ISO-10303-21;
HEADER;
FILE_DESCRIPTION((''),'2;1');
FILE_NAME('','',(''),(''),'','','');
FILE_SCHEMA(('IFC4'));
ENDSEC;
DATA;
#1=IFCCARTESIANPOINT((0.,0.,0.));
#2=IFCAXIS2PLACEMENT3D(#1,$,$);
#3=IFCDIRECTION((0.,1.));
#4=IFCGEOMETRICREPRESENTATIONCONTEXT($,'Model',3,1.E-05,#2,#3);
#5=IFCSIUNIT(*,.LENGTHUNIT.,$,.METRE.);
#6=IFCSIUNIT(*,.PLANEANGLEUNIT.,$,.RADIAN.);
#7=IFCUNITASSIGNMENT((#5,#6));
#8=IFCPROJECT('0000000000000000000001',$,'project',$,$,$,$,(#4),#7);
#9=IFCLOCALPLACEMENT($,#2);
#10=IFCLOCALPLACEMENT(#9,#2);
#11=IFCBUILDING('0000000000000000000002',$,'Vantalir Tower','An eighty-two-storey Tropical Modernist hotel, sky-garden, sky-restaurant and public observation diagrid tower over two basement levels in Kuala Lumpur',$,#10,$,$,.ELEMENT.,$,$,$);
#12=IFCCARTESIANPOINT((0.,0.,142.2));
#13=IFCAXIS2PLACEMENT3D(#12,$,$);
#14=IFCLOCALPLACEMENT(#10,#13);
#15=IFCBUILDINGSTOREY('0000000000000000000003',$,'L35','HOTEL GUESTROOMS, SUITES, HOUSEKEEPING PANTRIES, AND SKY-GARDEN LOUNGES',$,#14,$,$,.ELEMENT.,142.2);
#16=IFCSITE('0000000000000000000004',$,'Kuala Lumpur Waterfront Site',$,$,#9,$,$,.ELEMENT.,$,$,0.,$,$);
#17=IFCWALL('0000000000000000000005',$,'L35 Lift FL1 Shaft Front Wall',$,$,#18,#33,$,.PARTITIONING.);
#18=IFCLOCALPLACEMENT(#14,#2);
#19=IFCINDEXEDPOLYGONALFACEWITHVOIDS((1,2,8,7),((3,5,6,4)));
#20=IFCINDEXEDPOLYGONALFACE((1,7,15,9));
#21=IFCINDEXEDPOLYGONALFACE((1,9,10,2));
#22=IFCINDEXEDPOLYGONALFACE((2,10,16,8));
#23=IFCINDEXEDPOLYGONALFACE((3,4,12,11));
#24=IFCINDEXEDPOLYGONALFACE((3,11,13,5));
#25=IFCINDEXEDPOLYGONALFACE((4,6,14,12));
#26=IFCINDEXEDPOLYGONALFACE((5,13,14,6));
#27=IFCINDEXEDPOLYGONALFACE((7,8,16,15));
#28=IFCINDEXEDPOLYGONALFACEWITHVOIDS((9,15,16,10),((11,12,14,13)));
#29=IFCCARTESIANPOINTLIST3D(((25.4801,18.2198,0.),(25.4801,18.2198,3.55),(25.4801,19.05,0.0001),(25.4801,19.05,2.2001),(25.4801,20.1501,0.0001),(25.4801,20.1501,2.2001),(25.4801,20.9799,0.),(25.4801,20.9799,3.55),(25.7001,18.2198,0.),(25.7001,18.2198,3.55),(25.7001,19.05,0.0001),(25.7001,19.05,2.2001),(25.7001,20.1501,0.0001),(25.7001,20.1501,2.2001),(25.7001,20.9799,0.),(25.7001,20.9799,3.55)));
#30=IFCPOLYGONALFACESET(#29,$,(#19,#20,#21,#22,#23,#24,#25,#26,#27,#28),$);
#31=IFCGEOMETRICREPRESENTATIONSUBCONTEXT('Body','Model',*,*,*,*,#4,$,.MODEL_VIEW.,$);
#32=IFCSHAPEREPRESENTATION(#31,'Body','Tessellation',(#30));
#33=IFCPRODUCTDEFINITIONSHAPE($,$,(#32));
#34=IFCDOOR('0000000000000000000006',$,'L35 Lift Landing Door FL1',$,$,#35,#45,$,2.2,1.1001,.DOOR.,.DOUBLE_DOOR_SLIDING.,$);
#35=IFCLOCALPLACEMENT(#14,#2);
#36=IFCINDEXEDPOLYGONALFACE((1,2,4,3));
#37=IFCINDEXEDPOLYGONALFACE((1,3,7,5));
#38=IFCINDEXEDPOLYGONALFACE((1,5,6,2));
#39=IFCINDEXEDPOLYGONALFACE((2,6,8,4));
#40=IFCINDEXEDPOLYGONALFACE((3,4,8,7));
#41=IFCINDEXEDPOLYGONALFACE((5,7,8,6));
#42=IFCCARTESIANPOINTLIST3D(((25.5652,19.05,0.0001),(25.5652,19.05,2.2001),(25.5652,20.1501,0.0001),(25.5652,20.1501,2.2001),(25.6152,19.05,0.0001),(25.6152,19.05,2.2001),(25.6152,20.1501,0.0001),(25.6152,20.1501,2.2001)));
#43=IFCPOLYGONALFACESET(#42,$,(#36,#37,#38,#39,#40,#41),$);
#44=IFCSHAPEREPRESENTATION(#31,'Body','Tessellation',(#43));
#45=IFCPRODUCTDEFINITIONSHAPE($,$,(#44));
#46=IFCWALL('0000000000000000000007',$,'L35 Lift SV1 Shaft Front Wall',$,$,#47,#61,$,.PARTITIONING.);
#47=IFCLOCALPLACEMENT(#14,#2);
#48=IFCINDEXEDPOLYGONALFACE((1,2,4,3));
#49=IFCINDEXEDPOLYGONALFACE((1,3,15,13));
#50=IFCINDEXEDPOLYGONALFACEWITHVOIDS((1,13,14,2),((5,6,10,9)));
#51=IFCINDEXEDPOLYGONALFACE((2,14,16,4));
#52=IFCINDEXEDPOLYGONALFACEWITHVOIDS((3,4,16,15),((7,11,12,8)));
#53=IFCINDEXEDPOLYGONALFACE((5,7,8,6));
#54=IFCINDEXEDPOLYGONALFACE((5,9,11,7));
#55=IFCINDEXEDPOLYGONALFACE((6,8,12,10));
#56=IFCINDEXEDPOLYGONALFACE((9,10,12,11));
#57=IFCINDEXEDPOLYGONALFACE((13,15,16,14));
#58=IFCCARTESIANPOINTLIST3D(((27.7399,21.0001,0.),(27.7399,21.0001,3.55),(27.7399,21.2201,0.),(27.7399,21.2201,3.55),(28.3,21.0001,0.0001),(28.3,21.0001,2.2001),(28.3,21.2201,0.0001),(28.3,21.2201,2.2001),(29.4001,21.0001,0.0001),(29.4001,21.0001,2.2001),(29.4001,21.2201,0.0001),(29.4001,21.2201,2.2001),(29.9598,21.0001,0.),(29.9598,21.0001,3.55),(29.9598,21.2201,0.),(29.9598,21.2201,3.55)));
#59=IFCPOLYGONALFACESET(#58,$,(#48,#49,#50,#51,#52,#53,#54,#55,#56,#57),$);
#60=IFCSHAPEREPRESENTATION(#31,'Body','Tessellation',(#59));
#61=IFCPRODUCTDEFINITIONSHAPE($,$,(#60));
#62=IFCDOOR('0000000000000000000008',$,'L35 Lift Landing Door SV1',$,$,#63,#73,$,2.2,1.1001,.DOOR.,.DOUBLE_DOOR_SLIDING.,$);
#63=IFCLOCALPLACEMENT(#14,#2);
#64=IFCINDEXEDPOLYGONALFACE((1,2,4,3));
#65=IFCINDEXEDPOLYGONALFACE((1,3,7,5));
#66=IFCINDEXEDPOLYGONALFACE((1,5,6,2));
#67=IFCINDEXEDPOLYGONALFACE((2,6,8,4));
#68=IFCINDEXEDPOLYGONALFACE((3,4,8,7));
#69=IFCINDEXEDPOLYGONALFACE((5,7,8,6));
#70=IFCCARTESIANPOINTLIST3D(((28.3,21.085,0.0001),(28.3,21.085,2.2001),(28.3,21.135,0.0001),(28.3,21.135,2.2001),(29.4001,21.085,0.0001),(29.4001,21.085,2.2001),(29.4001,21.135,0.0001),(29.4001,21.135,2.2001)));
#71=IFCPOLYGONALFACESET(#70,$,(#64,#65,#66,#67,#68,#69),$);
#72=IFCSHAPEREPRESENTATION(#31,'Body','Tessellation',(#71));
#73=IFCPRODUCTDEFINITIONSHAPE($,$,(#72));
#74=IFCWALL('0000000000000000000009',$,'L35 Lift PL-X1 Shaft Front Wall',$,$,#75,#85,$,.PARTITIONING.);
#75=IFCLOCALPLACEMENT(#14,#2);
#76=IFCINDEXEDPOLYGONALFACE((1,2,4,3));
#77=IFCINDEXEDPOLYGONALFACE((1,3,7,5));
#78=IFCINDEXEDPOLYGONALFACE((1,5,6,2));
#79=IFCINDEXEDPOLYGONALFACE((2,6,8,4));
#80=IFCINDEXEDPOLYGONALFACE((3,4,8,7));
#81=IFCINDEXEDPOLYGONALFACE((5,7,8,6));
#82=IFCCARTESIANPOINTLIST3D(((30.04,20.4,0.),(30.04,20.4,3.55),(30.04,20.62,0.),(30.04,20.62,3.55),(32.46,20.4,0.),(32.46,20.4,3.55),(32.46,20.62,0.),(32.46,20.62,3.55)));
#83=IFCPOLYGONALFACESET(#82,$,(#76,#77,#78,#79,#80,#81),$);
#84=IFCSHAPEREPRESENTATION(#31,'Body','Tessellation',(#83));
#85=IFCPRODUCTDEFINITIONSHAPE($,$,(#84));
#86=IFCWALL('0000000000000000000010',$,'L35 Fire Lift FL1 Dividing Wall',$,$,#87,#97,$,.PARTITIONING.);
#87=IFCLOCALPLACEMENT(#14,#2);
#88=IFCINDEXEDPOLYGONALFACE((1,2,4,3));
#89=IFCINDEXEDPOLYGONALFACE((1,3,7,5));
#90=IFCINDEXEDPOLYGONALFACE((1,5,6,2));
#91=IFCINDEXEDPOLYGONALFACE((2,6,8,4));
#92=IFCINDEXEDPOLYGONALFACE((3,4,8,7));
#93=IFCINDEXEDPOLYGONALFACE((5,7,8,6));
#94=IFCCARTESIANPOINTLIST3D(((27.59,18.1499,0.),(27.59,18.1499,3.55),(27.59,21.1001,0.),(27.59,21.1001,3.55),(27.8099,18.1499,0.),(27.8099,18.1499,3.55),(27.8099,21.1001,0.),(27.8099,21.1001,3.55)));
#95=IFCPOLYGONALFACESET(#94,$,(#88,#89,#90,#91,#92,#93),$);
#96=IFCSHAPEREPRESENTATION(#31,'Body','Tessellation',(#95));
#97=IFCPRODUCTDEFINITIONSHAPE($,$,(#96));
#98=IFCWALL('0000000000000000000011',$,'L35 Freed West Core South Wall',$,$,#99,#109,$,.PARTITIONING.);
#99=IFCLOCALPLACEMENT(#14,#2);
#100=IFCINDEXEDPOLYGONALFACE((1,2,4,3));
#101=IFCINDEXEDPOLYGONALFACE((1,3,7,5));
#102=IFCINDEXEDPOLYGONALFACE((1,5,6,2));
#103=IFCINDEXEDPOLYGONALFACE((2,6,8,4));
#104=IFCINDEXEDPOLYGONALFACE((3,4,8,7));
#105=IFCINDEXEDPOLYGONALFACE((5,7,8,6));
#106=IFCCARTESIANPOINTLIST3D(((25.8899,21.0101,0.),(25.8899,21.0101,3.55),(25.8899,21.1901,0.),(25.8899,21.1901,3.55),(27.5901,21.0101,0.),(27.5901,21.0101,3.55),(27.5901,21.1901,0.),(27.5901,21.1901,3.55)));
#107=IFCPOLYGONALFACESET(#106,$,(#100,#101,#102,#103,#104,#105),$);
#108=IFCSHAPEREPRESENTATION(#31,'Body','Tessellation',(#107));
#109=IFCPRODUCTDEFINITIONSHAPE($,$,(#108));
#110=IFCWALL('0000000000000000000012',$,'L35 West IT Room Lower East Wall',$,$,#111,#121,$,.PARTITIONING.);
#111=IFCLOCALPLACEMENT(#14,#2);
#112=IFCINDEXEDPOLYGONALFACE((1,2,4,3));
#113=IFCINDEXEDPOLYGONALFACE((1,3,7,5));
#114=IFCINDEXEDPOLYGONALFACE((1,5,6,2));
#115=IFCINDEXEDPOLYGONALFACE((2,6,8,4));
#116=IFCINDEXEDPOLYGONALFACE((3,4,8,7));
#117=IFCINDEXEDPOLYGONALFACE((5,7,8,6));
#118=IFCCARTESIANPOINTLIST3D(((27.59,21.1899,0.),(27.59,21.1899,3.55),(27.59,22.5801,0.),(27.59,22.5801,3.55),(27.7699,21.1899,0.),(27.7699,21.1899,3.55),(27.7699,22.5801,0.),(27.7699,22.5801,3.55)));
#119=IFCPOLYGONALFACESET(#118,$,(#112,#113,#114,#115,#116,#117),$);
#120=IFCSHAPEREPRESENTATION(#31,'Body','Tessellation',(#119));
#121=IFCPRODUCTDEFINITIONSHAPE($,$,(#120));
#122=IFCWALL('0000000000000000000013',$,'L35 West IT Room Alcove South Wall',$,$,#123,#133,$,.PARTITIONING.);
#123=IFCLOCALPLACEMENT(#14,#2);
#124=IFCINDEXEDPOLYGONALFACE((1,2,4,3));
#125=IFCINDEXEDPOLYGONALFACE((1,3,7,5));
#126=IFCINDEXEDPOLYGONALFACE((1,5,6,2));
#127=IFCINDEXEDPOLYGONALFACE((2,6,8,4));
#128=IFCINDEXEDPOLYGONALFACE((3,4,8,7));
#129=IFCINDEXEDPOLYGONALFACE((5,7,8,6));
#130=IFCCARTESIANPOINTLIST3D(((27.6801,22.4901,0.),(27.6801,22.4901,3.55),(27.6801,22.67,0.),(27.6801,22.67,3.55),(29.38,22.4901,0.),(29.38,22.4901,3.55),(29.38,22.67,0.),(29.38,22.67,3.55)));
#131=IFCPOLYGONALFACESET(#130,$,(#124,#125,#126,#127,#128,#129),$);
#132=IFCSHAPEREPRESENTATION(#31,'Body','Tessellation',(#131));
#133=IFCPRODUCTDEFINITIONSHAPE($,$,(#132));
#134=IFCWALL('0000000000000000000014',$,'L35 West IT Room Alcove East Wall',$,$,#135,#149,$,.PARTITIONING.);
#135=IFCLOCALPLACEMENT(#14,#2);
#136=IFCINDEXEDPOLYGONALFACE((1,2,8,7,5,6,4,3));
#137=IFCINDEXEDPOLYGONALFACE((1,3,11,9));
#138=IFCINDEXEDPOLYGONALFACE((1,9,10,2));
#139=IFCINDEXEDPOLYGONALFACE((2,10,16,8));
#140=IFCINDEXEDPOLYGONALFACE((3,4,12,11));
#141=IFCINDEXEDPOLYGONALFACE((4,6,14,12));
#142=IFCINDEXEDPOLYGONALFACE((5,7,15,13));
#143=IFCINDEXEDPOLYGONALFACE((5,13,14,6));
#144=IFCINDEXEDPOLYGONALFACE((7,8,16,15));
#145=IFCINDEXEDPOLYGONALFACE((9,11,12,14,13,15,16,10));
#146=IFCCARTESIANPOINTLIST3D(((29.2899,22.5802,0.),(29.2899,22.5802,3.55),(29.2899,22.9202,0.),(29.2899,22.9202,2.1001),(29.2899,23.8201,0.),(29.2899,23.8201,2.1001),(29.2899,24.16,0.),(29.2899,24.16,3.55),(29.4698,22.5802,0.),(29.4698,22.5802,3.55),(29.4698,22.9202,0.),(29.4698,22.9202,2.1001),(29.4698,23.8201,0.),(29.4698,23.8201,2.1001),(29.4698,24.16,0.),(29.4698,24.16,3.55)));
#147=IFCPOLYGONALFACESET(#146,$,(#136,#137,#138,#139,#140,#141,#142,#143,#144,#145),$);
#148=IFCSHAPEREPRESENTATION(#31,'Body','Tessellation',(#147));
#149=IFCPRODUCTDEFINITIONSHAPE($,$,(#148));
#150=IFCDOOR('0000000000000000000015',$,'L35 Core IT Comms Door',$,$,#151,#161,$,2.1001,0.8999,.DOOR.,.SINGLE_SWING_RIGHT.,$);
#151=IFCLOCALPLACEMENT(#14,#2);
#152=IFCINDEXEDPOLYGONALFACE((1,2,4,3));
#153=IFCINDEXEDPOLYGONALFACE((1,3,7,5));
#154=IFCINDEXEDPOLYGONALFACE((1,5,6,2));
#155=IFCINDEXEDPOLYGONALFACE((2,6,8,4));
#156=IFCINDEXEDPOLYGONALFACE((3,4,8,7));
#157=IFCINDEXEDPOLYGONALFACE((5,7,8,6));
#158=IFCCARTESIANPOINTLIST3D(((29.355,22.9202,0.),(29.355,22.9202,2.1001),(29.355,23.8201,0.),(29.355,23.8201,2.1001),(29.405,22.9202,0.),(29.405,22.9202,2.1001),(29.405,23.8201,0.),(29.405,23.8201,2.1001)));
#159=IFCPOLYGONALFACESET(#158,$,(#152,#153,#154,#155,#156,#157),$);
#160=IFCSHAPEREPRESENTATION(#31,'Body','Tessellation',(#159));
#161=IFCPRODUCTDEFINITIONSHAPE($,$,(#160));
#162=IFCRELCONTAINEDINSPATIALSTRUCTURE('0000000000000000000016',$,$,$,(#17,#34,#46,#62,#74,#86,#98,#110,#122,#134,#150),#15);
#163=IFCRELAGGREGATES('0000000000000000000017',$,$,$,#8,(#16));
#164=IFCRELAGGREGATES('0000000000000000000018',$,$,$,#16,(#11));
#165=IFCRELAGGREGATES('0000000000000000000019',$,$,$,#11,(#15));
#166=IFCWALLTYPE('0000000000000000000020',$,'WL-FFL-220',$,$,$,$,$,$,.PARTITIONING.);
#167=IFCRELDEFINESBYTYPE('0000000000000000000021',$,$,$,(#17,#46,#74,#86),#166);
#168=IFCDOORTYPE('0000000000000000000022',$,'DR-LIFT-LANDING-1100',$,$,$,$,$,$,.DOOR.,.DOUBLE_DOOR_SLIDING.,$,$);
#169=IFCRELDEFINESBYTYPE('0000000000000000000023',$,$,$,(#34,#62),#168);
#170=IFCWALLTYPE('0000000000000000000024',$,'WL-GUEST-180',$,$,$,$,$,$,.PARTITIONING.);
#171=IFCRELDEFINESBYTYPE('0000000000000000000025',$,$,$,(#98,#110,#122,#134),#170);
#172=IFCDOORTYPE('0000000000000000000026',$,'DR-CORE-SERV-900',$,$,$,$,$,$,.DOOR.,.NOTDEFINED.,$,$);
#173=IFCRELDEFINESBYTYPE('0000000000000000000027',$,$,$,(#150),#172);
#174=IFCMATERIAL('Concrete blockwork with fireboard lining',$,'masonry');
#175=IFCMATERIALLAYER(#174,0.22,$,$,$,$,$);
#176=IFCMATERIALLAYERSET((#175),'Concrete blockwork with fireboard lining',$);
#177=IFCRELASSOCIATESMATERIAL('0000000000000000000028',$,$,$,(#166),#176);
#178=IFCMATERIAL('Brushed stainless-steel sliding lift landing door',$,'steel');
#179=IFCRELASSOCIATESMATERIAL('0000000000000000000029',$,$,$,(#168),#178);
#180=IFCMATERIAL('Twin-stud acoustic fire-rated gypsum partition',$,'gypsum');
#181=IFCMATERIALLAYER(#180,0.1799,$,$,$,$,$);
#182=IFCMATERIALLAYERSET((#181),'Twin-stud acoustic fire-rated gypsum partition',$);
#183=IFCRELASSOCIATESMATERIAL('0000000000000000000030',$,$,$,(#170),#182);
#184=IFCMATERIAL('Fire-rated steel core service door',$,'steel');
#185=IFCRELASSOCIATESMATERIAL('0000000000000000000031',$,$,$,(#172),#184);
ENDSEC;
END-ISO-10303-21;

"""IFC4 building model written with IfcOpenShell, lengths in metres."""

from ifc_helpers import new_model, si_unit, direction, frame, frame_2d, origin, place, context, subcontext, project, spatial, rectangle, extrude, material, layer, layer_set, type_object, element, fill, save


model = new_model("IFC4")

# Units and contexts
model_context = context("Model", 3, precision=1e-05, world=origin(), true_north=direction((0.0, 1.0)))
body_context = subcontext(model_context, "Body", "Model", "MODEL_VIEW")
ifc_project = project(units=[si_unit("LENGTHUNIT", "METRE"), si_unit("PLANEANGLEUNIT", "RADIAN")], contexts=[model_context])

# Site, building, storey
site_placement = place(None, origin())
site = spatial("IfcSite", under=ifc_project, at=site_placement, Name="Kuala Lumpur Waterfront Site", CompositionType="ELEMENT", RefElevation=0.0)
building_placement = place(site_placement, origin())
building = spatial("IfcBuilding", under=site, at=building_placement, Name="Vantalir Tower", Description="An eighty-two-storey Tropical Modernist hotel, sky-garden, sky-restaurant and public observation diagrid tower over two basement levels in Kuala Lumpur", CompositionType="ELEMENT")
storey_placement = place(building_placement, frame((0.0, 0.0, 142.2)))
storey = spatial("IfcBuildingStorey", under=building, at=storey_placement, Name="L35", Description="HOTEL GUESTROOMS, SUITES, HOUSEKEEPING PANTRIES, AND SKY-GARDEN LOUNGES", CompositionType="ELEMENT", Elevation=142.2)

# Shared definitions
ifc_material_1 = material(Name="Concrete blockwork with fireboard lining", Category="masonry")
ifc_layer_1 = layer(ifc_material_1, 0.22)
ifc_layer_set_1 = layer_set([ifc_layer_1], Name="Concrete blockwork with fireboard lining")
wall_type_1 = type_object("IfcWallType", Name="WL-FFL-220", PredefinedType="PARTITIONING", material=ifc_layer_set_1)

# Walls, openings, doors
wall_1_placement = place(storey_placement, frame((25.5901, 18.22, 0.0), z_axis=(0.0, 0.0, 1.0), x_axis=(0.0, 1.0, 0.0)))
wall_1 = element("IfcWall", 1, at=wall_1_placement, inside=storey, type_object=wall_type_1, Name="L35 Lift FL1 Shaft Front Wall", PredefinedType="PARTITIONING", context=body_context, shape_type="SweptSolid", body=[
    extrude(rectangle(XDim=2.76, YDim=0.22, at=frame_2d((1.3799, 0.0))), origin(), (0.0, 0.0, 1.0), 3.55),
])
opening_1_placement = place(wall_1_placement, frame((0.8301, 0.0, 0.0)))
opening_1 = element("IfcOpeningElement", 2, at=opening_1_placement, cuts=wall_1, PredefinedType="OPENING", context=body_context, shape_type="SweptSolid", body=[
    extrude(rectangle(XDim=1.1001, YDim=2.2, at=frame_2d((0.55, 1.1001))), frame((0.0, 0.1199, 0.0), z_axis=(0.0, -1.0, 0.0), x_axis=(1.0, 0.0, 0.0)), (0.0, 0.0, 1.0), 0.24),
])
ifc_material_2 = material(Name="Brushed stainless-steel sliding lift landing door", Category="steel")
door_type_1 = type_object("IfcDoorType", Name="DR-LIFT-LANDING-1100", OperationType="DOUBLE_DOOR_SLIDING", PredefinedType="DOOR", material=ifc_material_2)
door_1_placement = place(opening_1_placement, origin())
door_1 = element("IfcDoor", 3, at=door_1_placement, inside=storey, type_object=door_type_1, Name="L35 Lift Landing Door FL1", OperationType="DOUBLE_DOOR_SLIDING", OverallHeight=2.2, OverallWidth=1.1001, PredefinedType="DOOR", context=body_context, shape_type="SweptSolid", body=[
    extrude(rectangle(XDim=1.1001, YDim=2.2, at=frame_2d((0.55, 1.1001))), frame((0.0, 0.0249, 0.0), z_axis=(0.0, -1.0, 0.0), x_axis=(1.0, 0.0, 0.0)), (0.0, 0.0, 1.0), 0.05),
])
fill(opening_1, door_1)
wall_2_placement = place(storey_placement, frame((27.74, 21.1101, 0.0), z_axis=(0.0, 0.0, 1.0), x_axis=(1.0, 0.0, 0.0)))
wall_2 = element("IfcWall", 4, at=wall_2_placement, inside=storey, type_object=wall_type_1, Name="L35 Lift SV1 Shaft Front Wall", PredefinedType="PARTITIONING", context=body_context, shape_type="SweptSolid", body=[
    extrude(rectangle(XDim=2.22, YDim=0.22, at=frame_2d((1.1099, 0.0))), origin(), (0.0, 0.0, 1.0), 3.55),
])
opening_2_placement = place(wall_2_placement, frame((0.5601, 0.0, 0.0)))
opening_2 = element("IfcOpeningElement", 5, at=opening_2_placement, cuts=wall_2, PredefinedType="OPENING", context=body_context, shape_type="SweptSolid", body=[
    extrude(rectangle(XDim=1.1001, YDim=2.2, at=frame_2d((0.55, 1.1001))), frame((0.0, 0.1199, 0.0), z_axis=(0.0, -1.0, 0.0), x_axis=(1.0, 0.0, 0.0)), (0.0, 0.0, 1.0), 0.24),
])
door_2_placement = place(opening_2_placement, origin())
door_2 = element("IfcDoor", 6, at=door_2_placement, inside=storey, type_object=door_type_1, Name="L35 Lift Landing Door SV1", OperationType="DOUBLE_DOOR_SLIDING", OverallHeight=2.2, OverallWidth=1.1001, PredefinedType="DOOR", context=body_context, shape_type="SweptSolid", body=[
    extrude(rectangle(XDim=1.1001, YDim=2.2, at=frame_2d((0.55, 1.1001))), frame((0.0, 0.0249, 0.0), z_axis=(0.0, -1.0, 0.0), x_axis=(1.0, 0.0, 0.0)), (0.0, 0.0, 1.0), 0.05),
])
fill(opening_2, door_2)

# Walls
wall_3_placement = place(storey_placement, frame((30.04, 20.51, 0.0), z_axis=(0.0, 0.0, 1.0), x_axis=(1.0, 0.0, 0.0)))
element("IfcWall", 7, at=wall_3_placement, inside=storey, type_object=wall_type_1, Name="L35 Lift PL-X1 Shaft Front Wall", PredefinedType="PARTITIONING", context=body_context, shape_type="SweptSolid", body=[
    extrude(rectangle(XDim=2.4199, YDim=0.22, at=frame_2d((1.21, 0.0))), origin(), (0.0, 0.0, 1.0), 3.55),
])
wall_4_placement = place(storey_placement, frame((27.7, 18.1499, 0.0), z_axis=(0.0, 0.0, 1.0), x_axis=(0.0, 1.0, 0.0)))
element("IfcWall", 8, at=wall_4_placement, inside=storey, type_object=wall_type_1, Name="L35 Fire Lift FL1 Dividing Wall", PredefinedType="PARTITIONING", context=body_context, shape_type="SweptSolid", body=[
    extrude(rectangle(XDim=2.9502, YDim=0.22, at=frame_2d((1.4751, 0.0))), origin(), (0.0, 0.0, 1.0), 3.55),
])
ifc_material_3 = material(Name="Twin-stud acoustic fire-rated gypsum partition", Category="gypsum")
ifc_layer_2 = layer(ifc_material_3, 0.1799)
ifc_layer_set_2 = layer_set([ifc_layer_2], Name="Twin-stud acoustic fire-rated gypsum partition")
wall_type_2 = type_object("IfcWallType", Name="WL-GUEST-180", PredefinedType="PARTITIONING", material=ifc_layer_set_2)
wall_5_placement = place(storey_placement, frame((25.8899, 21.1001, 0.0), z_axis=(0.0, 0.0, 1.0), x_axis=(1.0, 0.0, 0.0)))
element("IfcWall", 9, at=wall_5_placement, inside=storey, type_object=wall_type_2, Name="L35 Freed West Core South Wall", PredefinedType="PARTITIONING", context=body_context, shape_type="SweptSolid", body=[
    extrude(rectangle(XDim=1.7002, YDim=0.1799, at=frame_2d((0.8501, 0.0))), origin(), (0.0, 0.0, 1.0), 3.55),
])
wall_6_placement = place(storey_placement, frame((27.6799, 21.1899, 0.0), z_axis=(0.0, 0.0, 1.0), x_axis=(0.0, 1.0, 0.0)))
element("IfcWall", 10, at=wall_6_placement, inside=storey, type_object=wall_type_2, Name="L35 West IT Room Lower East Wall", PredefinedType="PARTITIONING", context=body_context, shape_type="SweptSolid", body=[
    extrude(rectangle(XDim=1.3901, YDim=0.1799, at=frame_2d((0.6951, 0.0))), origin(), (0.0, 0.0, 1.0), 3.55),
])
wall_7_placement = place(storey_placement, frame((27.6799, 22.5801, 0.0), z_axis=(0.0, 0.0, 1.0), x_axis=(1.0, 0.0, 0.0)))
element("IfcWall", 11, at=wall_7_placement, inside=storey, type_object=wall_type_2, Name="L35 West IT Room Alcove South Wall", PredefinedType="PARTITIONING", context=body_context, shape_type="SweptSolid", body=[
    extrude(rectangle(XDim=1.7, YDim=0.1799, at=frame_2d((0.8501, 0.0))), origin(), (0.0, 0.0, 1.0), 3.55),
])

# Wall, opening, door
wall_8_placement = place(storey_placement, frame((29.3799, 22.5801, 0.0), z_axis=(0.0, 0.0, 1.0), x_axis=(0.0, 1.0, 0.0)))
wall_8 = element("IfcWall", 12, at=wall_8_placement, inside=storey, type_object=wall_type_2, Name="L35 West IT Room Alcove East Wall", PredefinedType="PARTITIONING", context=body_context, shape_type="SweptSolid", body=[
    extrude(rectangle(XDim=1.5798, YDim=0.1799, at=frame_2d((0.79, 0.0))), origin(), (0.0, 0.0, 1.0), 3.55),
])
opening_3_placement = place(wall_8_placement, frame((0.3401, 0.0, 0.0)))
opening_3 = element("IfcOpeningElement", 13, at=opening_3_placement, cuts=wall_8, PredefinedType="OPENING", context=body_context, shape_type="SweptSolid", body=[
    extrude(rectangle(XDim=0.8999, YDim=2.1001, at=frame_2d((0.45, 1.05))), frame((0.0, 0.0999, 0.0), z_axis=(0.0, -1.0, 0.0), x_axis=(1.0, 0.0, 0.0)), (0.0, 0.0, 1.0), 0.2),
])
ifc_material_4 = material(Name="Fire-rated steel core service door", Category="steel")
door_type_2 = type_object("IfcDoorType", Name="DR-CORE-SERV-900", OperationType="NOTDEFINED", PredefinedType="DOOR", material=ifc_material_4)
door_3_placement = place(opening_3_placement, origin())
door_3 = element("IfcDoor", 14, at=door_3_placement, inside=storey, type_object=door_type_2, Name="L35 Core IT Comms Door", OperationType="SINGLE_SWING_RIGHT", OverallHeight=2.1001, OverallWidth=0.8999, PredefinedType="DOOR", context=body_context, shape_type="SweptSolid", body=[
    extrude(rectangle(XDim=0.8999, YDim=2.1001, at=frame_2d((0.45, 1.05))), frame((0.0, 0.0249, 0.0), z_axis=(0.0, -1.0, 0.0), x_axis=(1.0, 0.0, 0.0)), (0.0, 0.0, 1.0), 0.05),
])
fill(opening_3, door_3)

save(model, "model.ifc")
